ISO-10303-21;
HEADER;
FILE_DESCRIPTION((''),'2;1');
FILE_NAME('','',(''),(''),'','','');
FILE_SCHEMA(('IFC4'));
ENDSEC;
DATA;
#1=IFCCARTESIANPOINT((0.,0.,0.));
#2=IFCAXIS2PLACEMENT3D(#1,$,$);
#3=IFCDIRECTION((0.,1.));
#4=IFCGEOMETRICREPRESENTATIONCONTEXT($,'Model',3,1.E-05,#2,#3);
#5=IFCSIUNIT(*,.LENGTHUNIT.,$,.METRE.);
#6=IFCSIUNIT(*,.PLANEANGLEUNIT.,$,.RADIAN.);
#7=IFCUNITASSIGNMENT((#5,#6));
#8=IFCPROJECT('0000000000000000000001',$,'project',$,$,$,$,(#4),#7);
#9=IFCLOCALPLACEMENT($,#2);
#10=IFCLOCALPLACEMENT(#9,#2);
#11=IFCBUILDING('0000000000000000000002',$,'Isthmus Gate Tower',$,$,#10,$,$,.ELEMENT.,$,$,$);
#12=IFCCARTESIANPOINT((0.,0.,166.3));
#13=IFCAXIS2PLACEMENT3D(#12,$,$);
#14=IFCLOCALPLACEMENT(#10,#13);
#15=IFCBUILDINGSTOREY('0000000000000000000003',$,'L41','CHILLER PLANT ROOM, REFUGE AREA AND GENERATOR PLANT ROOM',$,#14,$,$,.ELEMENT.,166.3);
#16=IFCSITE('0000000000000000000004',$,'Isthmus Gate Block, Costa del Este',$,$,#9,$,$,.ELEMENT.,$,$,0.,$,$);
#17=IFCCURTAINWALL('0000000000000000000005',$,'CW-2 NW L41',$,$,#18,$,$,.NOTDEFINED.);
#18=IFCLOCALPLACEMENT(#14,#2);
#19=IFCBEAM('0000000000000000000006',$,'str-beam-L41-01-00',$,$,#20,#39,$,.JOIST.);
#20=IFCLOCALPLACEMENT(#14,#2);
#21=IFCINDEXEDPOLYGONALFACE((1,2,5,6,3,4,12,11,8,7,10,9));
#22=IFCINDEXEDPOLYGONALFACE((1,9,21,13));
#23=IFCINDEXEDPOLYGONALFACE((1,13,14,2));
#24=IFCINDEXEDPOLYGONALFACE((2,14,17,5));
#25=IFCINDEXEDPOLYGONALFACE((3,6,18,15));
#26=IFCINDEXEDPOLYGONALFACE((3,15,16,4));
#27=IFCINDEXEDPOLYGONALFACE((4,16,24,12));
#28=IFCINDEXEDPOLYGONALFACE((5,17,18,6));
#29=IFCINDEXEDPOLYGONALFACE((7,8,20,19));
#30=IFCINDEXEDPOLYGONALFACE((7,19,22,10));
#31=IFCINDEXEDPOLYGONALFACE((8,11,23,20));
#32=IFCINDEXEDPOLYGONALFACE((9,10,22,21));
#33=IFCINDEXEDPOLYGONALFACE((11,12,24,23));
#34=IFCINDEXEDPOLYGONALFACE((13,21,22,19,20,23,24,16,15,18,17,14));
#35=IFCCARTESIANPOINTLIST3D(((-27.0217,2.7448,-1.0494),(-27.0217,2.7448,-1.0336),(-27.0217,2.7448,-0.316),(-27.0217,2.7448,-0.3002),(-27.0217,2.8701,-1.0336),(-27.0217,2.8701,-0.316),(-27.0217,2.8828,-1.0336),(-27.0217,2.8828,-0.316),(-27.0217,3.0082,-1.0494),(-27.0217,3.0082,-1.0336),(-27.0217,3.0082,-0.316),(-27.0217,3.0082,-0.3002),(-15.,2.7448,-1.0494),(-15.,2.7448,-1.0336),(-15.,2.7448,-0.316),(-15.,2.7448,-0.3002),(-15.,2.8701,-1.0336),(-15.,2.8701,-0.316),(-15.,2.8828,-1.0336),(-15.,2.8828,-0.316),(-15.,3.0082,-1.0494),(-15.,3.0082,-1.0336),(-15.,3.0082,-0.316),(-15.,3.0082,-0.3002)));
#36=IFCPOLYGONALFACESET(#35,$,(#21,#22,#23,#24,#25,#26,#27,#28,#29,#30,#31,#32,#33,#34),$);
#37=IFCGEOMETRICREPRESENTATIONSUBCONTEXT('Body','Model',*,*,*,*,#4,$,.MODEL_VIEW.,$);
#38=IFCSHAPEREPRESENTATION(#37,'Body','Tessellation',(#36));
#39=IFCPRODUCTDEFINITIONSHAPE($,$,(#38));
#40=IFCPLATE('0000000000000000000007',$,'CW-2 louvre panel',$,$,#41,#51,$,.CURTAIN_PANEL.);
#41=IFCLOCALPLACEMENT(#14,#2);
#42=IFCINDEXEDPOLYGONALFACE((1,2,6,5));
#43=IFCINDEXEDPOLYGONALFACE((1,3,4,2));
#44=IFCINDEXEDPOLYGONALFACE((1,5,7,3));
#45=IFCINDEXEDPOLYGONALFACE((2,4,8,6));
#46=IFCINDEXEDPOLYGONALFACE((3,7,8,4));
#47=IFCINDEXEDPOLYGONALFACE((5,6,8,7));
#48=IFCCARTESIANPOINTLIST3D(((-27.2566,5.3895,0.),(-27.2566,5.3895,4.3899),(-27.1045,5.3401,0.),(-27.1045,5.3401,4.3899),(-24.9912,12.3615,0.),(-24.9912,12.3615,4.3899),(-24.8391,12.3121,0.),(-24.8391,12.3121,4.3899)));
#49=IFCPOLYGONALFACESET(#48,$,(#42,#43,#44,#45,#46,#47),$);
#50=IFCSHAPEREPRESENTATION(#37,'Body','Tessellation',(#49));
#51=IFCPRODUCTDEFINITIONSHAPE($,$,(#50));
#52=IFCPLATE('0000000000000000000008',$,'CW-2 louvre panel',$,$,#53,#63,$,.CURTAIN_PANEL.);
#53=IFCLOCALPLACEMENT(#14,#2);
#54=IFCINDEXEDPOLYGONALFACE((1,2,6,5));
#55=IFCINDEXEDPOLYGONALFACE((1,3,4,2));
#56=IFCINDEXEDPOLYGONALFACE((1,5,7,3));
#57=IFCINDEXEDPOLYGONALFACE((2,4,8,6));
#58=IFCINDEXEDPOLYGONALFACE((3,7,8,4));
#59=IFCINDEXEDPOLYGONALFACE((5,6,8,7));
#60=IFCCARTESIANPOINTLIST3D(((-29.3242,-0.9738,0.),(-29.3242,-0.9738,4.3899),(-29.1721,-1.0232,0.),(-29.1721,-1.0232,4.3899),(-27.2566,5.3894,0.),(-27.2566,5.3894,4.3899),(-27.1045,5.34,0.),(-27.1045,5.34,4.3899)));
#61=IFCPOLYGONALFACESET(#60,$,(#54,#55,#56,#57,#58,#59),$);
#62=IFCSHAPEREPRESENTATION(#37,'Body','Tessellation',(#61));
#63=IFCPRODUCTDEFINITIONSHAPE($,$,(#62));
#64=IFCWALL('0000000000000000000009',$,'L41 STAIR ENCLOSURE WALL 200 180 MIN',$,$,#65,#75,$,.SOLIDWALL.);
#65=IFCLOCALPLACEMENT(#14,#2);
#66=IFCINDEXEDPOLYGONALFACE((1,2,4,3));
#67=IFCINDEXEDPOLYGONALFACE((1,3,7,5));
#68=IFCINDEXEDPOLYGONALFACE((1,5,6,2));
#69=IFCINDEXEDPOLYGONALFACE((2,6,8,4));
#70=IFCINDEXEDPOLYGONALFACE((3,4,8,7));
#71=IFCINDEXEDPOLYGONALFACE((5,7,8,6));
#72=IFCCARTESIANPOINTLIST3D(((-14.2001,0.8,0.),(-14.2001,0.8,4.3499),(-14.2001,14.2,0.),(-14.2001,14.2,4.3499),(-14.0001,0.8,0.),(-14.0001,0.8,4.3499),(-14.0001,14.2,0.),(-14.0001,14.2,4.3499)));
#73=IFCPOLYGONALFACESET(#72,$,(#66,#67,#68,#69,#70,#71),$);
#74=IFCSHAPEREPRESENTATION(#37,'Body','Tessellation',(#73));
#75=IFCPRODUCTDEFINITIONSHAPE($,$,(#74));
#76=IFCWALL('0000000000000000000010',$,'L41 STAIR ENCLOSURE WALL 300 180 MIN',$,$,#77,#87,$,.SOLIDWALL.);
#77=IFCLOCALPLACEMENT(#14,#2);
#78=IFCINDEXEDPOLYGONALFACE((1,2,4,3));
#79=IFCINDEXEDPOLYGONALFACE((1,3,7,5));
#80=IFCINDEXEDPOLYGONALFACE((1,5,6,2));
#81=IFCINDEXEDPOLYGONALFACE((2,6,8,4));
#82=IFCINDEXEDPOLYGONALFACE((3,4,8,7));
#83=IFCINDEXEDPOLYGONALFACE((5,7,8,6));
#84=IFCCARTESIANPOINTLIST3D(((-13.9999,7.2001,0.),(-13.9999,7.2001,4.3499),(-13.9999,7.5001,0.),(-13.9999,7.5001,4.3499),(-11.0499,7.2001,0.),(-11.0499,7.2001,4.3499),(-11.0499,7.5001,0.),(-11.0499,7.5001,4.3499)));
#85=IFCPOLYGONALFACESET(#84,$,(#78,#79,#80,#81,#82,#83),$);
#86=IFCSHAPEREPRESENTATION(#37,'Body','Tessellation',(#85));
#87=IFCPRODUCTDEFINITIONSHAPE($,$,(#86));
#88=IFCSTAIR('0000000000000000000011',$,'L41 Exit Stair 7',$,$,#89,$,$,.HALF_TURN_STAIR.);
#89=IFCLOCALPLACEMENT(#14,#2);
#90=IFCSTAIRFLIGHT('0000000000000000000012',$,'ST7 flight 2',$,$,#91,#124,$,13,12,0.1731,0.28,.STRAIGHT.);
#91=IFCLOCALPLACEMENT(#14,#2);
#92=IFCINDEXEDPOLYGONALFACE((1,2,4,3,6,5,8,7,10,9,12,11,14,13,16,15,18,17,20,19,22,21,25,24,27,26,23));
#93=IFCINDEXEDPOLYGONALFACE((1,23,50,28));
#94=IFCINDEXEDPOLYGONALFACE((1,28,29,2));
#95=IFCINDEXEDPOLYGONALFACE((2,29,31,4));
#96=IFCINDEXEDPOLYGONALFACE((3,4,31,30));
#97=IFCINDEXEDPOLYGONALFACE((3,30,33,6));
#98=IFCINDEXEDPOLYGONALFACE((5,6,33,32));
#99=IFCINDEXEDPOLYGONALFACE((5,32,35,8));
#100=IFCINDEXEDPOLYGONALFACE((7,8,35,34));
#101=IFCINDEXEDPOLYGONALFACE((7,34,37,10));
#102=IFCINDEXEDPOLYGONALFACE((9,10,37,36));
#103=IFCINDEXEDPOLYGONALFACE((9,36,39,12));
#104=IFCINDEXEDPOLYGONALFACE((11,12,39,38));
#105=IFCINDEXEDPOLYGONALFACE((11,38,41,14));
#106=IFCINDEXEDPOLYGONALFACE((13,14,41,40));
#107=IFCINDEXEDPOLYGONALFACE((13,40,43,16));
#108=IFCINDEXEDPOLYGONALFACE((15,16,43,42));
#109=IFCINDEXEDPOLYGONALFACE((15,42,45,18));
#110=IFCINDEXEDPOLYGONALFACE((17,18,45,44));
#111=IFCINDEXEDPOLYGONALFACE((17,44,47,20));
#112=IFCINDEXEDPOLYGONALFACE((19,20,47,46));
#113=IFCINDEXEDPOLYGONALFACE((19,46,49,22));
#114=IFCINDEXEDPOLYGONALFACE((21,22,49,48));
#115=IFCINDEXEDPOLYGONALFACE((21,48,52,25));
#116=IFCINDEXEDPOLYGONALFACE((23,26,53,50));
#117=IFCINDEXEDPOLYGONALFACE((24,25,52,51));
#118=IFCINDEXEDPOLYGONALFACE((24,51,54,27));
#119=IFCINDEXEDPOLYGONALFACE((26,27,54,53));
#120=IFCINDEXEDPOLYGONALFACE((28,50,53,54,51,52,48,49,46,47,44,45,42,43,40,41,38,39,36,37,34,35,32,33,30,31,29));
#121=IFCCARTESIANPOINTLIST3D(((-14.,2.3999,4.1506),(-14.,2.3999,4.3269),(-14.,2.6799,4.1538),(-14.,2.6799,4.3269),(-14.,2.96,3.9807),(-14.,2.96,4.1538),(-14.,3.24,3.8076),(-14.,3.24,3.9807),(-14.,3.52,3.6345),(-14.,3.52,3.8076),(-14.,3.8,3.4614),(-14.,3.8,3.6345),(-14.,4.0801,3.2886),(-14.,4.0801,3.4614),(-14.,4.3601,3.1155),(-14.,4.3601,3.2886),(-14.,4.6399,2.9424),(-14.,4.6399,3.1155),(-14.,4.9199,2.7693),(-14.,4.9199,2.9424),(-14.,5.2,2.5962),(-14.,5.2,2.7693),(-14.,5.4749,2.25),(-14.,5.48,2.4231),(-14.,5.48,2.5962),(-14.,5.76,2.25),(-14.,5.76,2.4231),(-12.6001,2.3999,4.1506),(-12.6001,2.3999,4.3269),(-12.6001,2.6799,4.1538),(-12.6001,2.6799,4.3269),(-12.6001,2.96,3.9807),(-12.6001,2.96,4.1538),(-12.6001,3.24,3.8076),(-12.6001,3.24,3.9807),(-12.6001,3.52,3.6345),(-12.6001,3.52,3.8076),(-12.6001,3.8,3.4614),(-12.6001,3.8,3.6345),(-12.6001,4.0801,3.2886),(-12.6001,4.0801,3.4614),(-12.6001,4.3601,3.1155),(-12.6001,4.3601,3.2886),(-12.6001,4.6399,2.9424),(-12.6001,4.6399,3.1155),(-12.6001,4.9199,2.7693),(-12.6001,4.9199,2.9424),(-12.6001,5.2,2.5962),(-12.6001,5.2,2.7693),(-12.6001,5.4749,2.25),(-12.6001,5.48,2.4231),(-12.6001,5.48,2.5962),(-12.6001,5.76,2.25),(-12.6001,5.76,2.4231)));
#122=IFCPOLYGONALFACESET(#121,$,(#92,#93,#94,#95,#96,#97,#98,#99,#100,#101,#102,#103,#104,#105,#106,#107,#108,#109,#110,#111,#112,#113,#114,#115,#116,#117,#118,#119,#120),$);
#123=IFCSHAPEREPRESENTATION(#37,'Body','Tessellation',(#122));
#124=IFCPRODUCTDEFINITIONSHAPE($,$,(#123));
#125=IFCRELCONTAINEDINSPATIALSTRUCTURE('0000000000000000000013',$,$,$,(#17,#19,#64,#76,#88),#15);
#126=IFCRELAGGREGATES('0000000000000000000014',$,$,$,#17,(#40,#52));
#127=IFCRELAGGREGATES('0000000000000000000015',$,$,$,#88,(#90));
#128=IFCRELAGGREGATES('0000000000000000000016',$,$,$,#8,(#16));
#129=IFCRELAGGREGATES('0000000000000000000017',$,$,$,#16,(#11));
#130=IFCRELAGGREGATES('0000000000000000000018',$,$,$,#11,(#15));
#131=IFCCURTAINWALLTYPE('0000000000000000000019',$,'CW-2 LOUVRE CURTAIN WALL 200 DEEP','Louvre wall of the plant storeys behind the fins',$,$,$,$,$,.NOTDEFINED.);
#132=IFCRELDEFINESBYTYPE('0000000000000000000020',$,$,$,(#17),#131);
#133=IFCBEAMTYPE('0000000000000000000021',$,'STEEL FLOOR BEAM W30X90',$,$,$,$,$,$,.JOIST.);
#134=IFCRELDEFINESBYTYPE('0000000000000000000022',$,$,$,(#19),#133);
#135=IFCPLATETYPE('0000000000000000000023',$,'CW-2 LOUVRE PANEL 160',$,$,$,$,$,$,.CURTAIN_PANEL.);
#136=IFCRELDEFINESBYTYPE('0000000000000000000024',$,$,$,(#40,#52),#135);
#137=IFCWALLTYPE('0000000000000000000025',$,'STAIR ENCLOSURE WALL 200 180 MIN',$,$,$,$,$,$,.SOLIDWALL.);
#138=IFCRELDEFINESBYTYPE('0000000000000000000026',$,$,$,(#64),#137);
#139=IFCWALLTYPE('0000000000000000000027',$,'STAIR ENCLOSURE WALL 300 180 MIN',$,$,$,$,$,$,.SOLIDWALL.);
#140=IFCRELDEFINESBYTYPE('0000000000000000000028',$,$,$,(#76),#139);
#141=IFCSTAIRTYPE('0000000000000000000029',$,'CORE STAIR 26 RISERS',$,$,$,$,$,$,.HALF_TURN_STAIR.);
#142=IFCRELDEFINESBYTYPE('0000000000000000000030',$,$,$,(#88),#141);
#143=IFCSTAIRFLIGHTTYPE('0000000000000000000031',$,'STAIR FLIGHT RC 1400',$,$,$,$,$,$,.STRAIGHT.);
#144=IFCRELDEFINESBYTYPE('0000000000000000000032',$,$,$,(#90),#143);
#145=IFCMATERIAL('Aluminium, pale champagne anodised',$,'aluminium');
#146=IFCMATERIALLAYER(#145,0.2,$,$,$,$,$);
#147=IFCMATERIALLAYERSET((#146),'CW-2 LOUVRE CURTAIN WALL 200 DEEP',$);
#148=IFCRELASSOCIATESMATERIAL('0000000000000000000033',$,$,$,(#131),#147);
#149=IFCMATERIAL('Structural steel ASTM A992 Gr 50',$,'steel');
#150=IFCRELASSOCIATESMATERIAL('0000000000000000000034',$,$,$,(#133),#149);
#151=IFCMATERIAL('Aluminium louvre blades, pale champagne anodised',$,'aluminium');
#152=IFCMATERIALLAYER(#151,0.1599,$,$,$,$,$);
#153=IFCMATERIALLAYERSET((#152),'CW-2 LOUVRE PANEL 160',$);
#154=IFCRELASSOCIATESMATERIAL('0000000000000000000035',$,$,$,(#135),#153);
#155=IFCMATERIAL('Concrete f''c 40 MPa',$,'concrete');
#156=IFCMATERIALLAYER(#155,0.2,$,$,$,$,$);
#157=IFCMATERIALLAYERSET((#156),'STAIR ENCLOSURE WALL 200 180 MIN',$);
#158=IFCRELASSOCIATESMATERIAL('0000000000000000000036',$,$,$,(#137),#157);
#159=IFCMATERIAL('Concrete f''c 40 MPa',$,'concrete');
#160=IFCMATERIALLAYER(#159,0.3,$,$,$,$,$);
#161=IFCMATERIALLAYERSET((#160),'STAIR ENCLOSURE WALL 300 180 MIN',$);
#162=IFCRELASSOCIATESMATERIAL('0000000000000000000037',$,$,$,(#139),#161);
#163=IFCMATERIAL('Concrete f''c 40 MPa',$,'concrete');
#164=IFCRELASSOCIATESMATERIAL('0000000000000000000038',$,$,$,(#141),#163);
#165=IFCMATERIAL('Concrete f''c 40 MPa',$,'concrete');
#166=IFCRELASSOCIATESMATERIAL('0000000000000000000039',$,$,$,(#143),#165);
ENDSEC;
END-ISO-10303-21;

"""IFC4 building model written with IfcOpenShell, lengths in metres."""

from ifc_helpers import new_model, si_unit, direction, frame, frame_2d, origin, origin_2d, place, context, subcontext, project, spatial, polyline, rectangle, i_section, outline, extrude, material, layer, layer_set, material_profile, profile_set, type_object, element, aggregate, save


model = new_model("IFC4")

# Units and contexts
model_context = context("Model", 3, precision=1e-05, world=origin(), true_north=direction((0.0, 1.0)))
body_context = subcontext(model_context, "Body", "Model", "MODEL_VIEW")
ifc_project = project(units=[si_unit("LENGTHUNIT", "METRE"), si_unit("PLANEANGLEUNIT", "RADIAN")], contexts=[model_context])

# Site, building, storey
site_placement = place(None, origin())
site = spatial("IfcSite", under=ifc_project, at=site_placement, Name="Isthmus Gate Block, Costa del Este", CompositionType="ELEMENT", RefElevation=0.0)
building_placement = place(site_placement, origin())
building = spatial("IfcBuilding", under=site, at=building_placement, Name="Isthmus Gate Tower", CompositionType="ELEMENT")
storey_placement = place(building_placement, frame((0.0, 0.0, 166.3)))
storey = spatial("IfcBuildingStorey", under=building, at=storey_placement, Name="L41", Description="CHILLER PLANT ROOM, REFUGE AREA AND GENERATOR PLANT ROOM", CompositionType="ELEMENT", Elevation=166.3)

# Curtain wall
ifc_material_1 = material(Name="Aluminium, pale champagne anodised", Category="aluminium")
ifc_layer_1 = layer(ifc_material_1, 0.2)
ifc_layer_set_1 = layer_set([ifc_layer_1], Name="CW-2 LOUVRE CURTAIN WALL 200 DEEP")
curtain_wall_type = type_object("IfcCurtainWallType", Name="CW-2 LOUVRE CURTAIN WALL 200 DEEP", Description="Louvre wall of the plant storeys behind the fins", PredefinedType="NOTDEFINED", material=ifc_layer_set_1)
curtain_wall_placement = place(storey_placement, origin())
curtain_wall = element("IfcCurtainWall", 1, at=curtain_wall_placement, inside=storey, type_object=curtain_wall_type, Name="CW-2 NW L41", PredefinedType="NOTDEFINED")

# Beam
ifc_material_2 = material(Name="Structural steel ASTM A992 Gr 50", Category="steel")
ifc_material_profile_1 = material_profile(ifc_material_2, i_section(OverallWidth=0.2634, OverallDepth=0.7493, WebThickness=0.0127, FlangeThickness=0.0159, at=origin_2d()), Name="W30X90")
ifc_profile_set_1 = profile_set([ifc_material_profile_1], Name="Structural steel ASTM A992 Gr 50")
beam_type_1 = type_object("IfcBeamType", Name="STEEL FLOOR BEAM W30X90", PredefinedType="JOIST", material=ifc_profile_set_1)
beam_1_placement = place(storey_placement, frame((-27.0217, 2.8765, -0.6748), z_axis=(1.0, 0.0, 0.0), x_axis=(0.0, 1.0, 0.0)))
element("IfcBeam", 2, at=beam_1_placement, inside=storey, type_object=beam_type_1, Name="str-beam-L41-01-00", PredefinedType="JOIST", context=body_context, shape_type="SweptSolid", body=[
    extrude(i_section(OverallWidth=0.2634, OverallDepth=0.7493, WebThickness=0.0127, FlangeThickness=0.0159, at=origin_2d()), origin(), (0.0, 0.0, 1.0), 12.0217),
])

# Plates
ifc_material_3 = material(Name="Aluminium louvre blades, pale champagne anodised", Category="aluminium")
ifc_layer_2 = layer(ifc_material_3, 0.1599)
ifc_layer_set_2 = layer_set([ifc_layer_2], Name="CW-2 LOUVRE PANEL 160")
plate_type = type_object("IfcPlateType", Name="CW-2 LOUVRE PANEL 160", PredefinedType="CURTAIN_PANEL", material=ifc_layer_set_2)
plate_1_placement = place(storey_placement, frame((-26.0479, 8.8508, 0.0), z_axis=(0.0, 0.0, 1.0), x_axis=(-0.309017, -0.951057, 0.0)))
plate_1 = element("IfcPlate", 3, at=plate_1_placement, type_object=plate_type, Name="CW-2 louvre panel", PredefinedType="CURTAIN_PANEL", context=body_context, shape_type="SweptSolid", body=[
    extrude(rectangle(XDim=7.3308, YDim=0.1599, at=origin_2d()), origin(), (0.0, 0.0, 1.0), 4.3899),
])
plate_2_placement = place(storey_placement, frame((-28.2144, 2.1831, 0.0), z_axis=(0.0, 0.0, 1.0), x_axis=(-0.309017, -0.951057, 0.0)))
plate_2 = element("IfcPlate", 4, at=plate_2_placement, type_object=plate_type, Name="CW-2 louvre panel", PredefinedType="CURTAIN_PANEL", context=body_context, shape_type="SweptSolid", body=[
    extrude(rectangle(XDim=6.6907, YDim=0.1599, at=origin_2d()), origin(), (0.0, 0.0, 1.0), 4.3899),
])
aggregate(curtain_wall, [plate_1, plate_2])

# Walls
ifc_material_4 = material(Name="Concrete f'c 40 MPa", Category="concrete")
ifc_layer_3 = layer(ifc_material_4, 0.2)
ifc_layer_set_3 = layer_set([ifc_layer_3], Name="STAIR ENCLOSURE WALL 200 180 MIN")
wall_type_1 = type_object("IfcWallType", Name="STAIR ENCLOSURE WALL 200 180 MIN", PredefinedType="SOLIDWALL", material=ifc_layer_set_3)
wall_1_placement = place(storey_placement, frame((-14.1001, 0.8, 0.0), z_axis=(0.0, 0.0, 1.0), x_axis=(0.0, 1.0, 0.0)))
element("IfcWall", 5, at=wall_1_placement, inside=storey, type_object=wall_type_1, Name="L41 STAIR ENCLOSURE WALL 200 180 MIN", PredefinedType="SOLIDWALL", context=body_context, shape_type="SweptSolid", body=[
    extrude(rectangle(XDim=13.3999, YDim=0.2, at=frame_2d((6.7, 0.0))), origin(), (0.0, 0.0, 1.0), 4.3499),
])
ifc_material_5 = material(Name="Concrete f'c 40 MPa", Category="concrete")
ifc_layer_4 = layer(ifc_material_5, 0.3)
ifc_layer_set_4 = layer_set([ifc_layer_4], Name="STAIR ENCLOSURE WALL 300 180 MIN")
wall_type_2 = type_object("IfcWallType", Name="STAIR ENCLOSURE WALL 300 180 MIN", PredefinedType="SOLIDWALL", material=ifc_layer_set_4)
wall_2_placement = place(storey_placement, frame((-14.0, 7.3501, 0.0), z_axis=(0.0, 0.0, 1.0), x_axis=(1.0, 0.0, 0.0)))
element("IfcWall", 6, at=wall_2_placement, inside=storey, type_object=wall_type_2, Name="L41 STAIR ENCLOSURE WALL 300 180 MIN", PredefinedType="SOLIDWALL", context=body_context, shape_type="SweptSolid", body=[
    extrude(rectangle(XDim=2.95, YDim=0.3, at=frame_2d((1.4751, 0.0))), origin(), (0.0, 0.0, 1.0), 4.3499),
])

# Stair, stair flight
ifc_material_6 = material(Name="Concrete f'c 40 MPa", Category="concrete")
stair_type = type_object("IfcStairType", Name="CORE STAIR 26 RISERS", PredefinedType="HALF_TURN_STAIR", material=ifc_material_6)
stair_placement = place(storey_placement, origin())
stair = element("IfcStair", 7, at=stair_placement, inside=storey, type_object=stair_type, Name="L41 Exit Stair 7", PredefinedType="HALF_TURN_STAIR")
ifc_material_7 = material(Name="Concrete f'c 40 MPa", Category="concrete")
stair_flight_type = type_object("IfcStairFlightType", Name="STAIR FLIGHT RC 1400", PredefinedType="STRAIGHT", material=ifc_material_7)
stair_flight_placement = place(storey_placement, frame((-13.3, 5.76, 2.25), z_axis=(0.0, 0.0, 1.0), x_axis=(0.0, -1.0, 0.0)))
stair_flight = element("IfcStairFlight", 8, at=stair_flight_placement, type_object=stair_flight_type, Name="ST7 flight 2", NumberOfRisers=13, NumberOfTreads=12, PredefinedType="STRAIGHT", RiserHeight=0.1731, TreadLength=0.28, context=body_context, shape_type="SweptSolid", body=[
    extrude(outline(polyline([(0.0, 0.0), (0.0, 0.1731), (0.28, 0.1731), (0.28, 0.3462), (0.5601, 0.3462), (0.5601, 0.5193), (0.8401, 0.5193), (0.8401, 0.6924), (1.1201, 0.6924), (1.1201, 0.8655), (1.3999, 0.8655), (1.3999, 1.0386), (1.6799, 1.0386), (1.6799, 1.2114), (1.96, 1.2114), (1.96, 1.3845), (2.24, 1.3845), (2.24, 1.5576), (2.52, 1.5576), (2.52, 1.7307), (2.8, 1.7307), (2.8, 1.9038), (3.0801, 1.9038), (3.0801, 2.0769), (3.3601, 2.0769), (3.3601, 2.25), (3.3601, 1.9006), (0.2852, 0.0), (0.0, 0.0)])), frame((0.0, 0.7, 0.0), z_axis=(0.0, -1.0, 0.0), x_axis=(1.0, 0.0, 0.0)), (0.0, 0.0, 1.0), 1.3999),
])
aggregate(stair, [stair_flight])

save(model, "model.ifc")
